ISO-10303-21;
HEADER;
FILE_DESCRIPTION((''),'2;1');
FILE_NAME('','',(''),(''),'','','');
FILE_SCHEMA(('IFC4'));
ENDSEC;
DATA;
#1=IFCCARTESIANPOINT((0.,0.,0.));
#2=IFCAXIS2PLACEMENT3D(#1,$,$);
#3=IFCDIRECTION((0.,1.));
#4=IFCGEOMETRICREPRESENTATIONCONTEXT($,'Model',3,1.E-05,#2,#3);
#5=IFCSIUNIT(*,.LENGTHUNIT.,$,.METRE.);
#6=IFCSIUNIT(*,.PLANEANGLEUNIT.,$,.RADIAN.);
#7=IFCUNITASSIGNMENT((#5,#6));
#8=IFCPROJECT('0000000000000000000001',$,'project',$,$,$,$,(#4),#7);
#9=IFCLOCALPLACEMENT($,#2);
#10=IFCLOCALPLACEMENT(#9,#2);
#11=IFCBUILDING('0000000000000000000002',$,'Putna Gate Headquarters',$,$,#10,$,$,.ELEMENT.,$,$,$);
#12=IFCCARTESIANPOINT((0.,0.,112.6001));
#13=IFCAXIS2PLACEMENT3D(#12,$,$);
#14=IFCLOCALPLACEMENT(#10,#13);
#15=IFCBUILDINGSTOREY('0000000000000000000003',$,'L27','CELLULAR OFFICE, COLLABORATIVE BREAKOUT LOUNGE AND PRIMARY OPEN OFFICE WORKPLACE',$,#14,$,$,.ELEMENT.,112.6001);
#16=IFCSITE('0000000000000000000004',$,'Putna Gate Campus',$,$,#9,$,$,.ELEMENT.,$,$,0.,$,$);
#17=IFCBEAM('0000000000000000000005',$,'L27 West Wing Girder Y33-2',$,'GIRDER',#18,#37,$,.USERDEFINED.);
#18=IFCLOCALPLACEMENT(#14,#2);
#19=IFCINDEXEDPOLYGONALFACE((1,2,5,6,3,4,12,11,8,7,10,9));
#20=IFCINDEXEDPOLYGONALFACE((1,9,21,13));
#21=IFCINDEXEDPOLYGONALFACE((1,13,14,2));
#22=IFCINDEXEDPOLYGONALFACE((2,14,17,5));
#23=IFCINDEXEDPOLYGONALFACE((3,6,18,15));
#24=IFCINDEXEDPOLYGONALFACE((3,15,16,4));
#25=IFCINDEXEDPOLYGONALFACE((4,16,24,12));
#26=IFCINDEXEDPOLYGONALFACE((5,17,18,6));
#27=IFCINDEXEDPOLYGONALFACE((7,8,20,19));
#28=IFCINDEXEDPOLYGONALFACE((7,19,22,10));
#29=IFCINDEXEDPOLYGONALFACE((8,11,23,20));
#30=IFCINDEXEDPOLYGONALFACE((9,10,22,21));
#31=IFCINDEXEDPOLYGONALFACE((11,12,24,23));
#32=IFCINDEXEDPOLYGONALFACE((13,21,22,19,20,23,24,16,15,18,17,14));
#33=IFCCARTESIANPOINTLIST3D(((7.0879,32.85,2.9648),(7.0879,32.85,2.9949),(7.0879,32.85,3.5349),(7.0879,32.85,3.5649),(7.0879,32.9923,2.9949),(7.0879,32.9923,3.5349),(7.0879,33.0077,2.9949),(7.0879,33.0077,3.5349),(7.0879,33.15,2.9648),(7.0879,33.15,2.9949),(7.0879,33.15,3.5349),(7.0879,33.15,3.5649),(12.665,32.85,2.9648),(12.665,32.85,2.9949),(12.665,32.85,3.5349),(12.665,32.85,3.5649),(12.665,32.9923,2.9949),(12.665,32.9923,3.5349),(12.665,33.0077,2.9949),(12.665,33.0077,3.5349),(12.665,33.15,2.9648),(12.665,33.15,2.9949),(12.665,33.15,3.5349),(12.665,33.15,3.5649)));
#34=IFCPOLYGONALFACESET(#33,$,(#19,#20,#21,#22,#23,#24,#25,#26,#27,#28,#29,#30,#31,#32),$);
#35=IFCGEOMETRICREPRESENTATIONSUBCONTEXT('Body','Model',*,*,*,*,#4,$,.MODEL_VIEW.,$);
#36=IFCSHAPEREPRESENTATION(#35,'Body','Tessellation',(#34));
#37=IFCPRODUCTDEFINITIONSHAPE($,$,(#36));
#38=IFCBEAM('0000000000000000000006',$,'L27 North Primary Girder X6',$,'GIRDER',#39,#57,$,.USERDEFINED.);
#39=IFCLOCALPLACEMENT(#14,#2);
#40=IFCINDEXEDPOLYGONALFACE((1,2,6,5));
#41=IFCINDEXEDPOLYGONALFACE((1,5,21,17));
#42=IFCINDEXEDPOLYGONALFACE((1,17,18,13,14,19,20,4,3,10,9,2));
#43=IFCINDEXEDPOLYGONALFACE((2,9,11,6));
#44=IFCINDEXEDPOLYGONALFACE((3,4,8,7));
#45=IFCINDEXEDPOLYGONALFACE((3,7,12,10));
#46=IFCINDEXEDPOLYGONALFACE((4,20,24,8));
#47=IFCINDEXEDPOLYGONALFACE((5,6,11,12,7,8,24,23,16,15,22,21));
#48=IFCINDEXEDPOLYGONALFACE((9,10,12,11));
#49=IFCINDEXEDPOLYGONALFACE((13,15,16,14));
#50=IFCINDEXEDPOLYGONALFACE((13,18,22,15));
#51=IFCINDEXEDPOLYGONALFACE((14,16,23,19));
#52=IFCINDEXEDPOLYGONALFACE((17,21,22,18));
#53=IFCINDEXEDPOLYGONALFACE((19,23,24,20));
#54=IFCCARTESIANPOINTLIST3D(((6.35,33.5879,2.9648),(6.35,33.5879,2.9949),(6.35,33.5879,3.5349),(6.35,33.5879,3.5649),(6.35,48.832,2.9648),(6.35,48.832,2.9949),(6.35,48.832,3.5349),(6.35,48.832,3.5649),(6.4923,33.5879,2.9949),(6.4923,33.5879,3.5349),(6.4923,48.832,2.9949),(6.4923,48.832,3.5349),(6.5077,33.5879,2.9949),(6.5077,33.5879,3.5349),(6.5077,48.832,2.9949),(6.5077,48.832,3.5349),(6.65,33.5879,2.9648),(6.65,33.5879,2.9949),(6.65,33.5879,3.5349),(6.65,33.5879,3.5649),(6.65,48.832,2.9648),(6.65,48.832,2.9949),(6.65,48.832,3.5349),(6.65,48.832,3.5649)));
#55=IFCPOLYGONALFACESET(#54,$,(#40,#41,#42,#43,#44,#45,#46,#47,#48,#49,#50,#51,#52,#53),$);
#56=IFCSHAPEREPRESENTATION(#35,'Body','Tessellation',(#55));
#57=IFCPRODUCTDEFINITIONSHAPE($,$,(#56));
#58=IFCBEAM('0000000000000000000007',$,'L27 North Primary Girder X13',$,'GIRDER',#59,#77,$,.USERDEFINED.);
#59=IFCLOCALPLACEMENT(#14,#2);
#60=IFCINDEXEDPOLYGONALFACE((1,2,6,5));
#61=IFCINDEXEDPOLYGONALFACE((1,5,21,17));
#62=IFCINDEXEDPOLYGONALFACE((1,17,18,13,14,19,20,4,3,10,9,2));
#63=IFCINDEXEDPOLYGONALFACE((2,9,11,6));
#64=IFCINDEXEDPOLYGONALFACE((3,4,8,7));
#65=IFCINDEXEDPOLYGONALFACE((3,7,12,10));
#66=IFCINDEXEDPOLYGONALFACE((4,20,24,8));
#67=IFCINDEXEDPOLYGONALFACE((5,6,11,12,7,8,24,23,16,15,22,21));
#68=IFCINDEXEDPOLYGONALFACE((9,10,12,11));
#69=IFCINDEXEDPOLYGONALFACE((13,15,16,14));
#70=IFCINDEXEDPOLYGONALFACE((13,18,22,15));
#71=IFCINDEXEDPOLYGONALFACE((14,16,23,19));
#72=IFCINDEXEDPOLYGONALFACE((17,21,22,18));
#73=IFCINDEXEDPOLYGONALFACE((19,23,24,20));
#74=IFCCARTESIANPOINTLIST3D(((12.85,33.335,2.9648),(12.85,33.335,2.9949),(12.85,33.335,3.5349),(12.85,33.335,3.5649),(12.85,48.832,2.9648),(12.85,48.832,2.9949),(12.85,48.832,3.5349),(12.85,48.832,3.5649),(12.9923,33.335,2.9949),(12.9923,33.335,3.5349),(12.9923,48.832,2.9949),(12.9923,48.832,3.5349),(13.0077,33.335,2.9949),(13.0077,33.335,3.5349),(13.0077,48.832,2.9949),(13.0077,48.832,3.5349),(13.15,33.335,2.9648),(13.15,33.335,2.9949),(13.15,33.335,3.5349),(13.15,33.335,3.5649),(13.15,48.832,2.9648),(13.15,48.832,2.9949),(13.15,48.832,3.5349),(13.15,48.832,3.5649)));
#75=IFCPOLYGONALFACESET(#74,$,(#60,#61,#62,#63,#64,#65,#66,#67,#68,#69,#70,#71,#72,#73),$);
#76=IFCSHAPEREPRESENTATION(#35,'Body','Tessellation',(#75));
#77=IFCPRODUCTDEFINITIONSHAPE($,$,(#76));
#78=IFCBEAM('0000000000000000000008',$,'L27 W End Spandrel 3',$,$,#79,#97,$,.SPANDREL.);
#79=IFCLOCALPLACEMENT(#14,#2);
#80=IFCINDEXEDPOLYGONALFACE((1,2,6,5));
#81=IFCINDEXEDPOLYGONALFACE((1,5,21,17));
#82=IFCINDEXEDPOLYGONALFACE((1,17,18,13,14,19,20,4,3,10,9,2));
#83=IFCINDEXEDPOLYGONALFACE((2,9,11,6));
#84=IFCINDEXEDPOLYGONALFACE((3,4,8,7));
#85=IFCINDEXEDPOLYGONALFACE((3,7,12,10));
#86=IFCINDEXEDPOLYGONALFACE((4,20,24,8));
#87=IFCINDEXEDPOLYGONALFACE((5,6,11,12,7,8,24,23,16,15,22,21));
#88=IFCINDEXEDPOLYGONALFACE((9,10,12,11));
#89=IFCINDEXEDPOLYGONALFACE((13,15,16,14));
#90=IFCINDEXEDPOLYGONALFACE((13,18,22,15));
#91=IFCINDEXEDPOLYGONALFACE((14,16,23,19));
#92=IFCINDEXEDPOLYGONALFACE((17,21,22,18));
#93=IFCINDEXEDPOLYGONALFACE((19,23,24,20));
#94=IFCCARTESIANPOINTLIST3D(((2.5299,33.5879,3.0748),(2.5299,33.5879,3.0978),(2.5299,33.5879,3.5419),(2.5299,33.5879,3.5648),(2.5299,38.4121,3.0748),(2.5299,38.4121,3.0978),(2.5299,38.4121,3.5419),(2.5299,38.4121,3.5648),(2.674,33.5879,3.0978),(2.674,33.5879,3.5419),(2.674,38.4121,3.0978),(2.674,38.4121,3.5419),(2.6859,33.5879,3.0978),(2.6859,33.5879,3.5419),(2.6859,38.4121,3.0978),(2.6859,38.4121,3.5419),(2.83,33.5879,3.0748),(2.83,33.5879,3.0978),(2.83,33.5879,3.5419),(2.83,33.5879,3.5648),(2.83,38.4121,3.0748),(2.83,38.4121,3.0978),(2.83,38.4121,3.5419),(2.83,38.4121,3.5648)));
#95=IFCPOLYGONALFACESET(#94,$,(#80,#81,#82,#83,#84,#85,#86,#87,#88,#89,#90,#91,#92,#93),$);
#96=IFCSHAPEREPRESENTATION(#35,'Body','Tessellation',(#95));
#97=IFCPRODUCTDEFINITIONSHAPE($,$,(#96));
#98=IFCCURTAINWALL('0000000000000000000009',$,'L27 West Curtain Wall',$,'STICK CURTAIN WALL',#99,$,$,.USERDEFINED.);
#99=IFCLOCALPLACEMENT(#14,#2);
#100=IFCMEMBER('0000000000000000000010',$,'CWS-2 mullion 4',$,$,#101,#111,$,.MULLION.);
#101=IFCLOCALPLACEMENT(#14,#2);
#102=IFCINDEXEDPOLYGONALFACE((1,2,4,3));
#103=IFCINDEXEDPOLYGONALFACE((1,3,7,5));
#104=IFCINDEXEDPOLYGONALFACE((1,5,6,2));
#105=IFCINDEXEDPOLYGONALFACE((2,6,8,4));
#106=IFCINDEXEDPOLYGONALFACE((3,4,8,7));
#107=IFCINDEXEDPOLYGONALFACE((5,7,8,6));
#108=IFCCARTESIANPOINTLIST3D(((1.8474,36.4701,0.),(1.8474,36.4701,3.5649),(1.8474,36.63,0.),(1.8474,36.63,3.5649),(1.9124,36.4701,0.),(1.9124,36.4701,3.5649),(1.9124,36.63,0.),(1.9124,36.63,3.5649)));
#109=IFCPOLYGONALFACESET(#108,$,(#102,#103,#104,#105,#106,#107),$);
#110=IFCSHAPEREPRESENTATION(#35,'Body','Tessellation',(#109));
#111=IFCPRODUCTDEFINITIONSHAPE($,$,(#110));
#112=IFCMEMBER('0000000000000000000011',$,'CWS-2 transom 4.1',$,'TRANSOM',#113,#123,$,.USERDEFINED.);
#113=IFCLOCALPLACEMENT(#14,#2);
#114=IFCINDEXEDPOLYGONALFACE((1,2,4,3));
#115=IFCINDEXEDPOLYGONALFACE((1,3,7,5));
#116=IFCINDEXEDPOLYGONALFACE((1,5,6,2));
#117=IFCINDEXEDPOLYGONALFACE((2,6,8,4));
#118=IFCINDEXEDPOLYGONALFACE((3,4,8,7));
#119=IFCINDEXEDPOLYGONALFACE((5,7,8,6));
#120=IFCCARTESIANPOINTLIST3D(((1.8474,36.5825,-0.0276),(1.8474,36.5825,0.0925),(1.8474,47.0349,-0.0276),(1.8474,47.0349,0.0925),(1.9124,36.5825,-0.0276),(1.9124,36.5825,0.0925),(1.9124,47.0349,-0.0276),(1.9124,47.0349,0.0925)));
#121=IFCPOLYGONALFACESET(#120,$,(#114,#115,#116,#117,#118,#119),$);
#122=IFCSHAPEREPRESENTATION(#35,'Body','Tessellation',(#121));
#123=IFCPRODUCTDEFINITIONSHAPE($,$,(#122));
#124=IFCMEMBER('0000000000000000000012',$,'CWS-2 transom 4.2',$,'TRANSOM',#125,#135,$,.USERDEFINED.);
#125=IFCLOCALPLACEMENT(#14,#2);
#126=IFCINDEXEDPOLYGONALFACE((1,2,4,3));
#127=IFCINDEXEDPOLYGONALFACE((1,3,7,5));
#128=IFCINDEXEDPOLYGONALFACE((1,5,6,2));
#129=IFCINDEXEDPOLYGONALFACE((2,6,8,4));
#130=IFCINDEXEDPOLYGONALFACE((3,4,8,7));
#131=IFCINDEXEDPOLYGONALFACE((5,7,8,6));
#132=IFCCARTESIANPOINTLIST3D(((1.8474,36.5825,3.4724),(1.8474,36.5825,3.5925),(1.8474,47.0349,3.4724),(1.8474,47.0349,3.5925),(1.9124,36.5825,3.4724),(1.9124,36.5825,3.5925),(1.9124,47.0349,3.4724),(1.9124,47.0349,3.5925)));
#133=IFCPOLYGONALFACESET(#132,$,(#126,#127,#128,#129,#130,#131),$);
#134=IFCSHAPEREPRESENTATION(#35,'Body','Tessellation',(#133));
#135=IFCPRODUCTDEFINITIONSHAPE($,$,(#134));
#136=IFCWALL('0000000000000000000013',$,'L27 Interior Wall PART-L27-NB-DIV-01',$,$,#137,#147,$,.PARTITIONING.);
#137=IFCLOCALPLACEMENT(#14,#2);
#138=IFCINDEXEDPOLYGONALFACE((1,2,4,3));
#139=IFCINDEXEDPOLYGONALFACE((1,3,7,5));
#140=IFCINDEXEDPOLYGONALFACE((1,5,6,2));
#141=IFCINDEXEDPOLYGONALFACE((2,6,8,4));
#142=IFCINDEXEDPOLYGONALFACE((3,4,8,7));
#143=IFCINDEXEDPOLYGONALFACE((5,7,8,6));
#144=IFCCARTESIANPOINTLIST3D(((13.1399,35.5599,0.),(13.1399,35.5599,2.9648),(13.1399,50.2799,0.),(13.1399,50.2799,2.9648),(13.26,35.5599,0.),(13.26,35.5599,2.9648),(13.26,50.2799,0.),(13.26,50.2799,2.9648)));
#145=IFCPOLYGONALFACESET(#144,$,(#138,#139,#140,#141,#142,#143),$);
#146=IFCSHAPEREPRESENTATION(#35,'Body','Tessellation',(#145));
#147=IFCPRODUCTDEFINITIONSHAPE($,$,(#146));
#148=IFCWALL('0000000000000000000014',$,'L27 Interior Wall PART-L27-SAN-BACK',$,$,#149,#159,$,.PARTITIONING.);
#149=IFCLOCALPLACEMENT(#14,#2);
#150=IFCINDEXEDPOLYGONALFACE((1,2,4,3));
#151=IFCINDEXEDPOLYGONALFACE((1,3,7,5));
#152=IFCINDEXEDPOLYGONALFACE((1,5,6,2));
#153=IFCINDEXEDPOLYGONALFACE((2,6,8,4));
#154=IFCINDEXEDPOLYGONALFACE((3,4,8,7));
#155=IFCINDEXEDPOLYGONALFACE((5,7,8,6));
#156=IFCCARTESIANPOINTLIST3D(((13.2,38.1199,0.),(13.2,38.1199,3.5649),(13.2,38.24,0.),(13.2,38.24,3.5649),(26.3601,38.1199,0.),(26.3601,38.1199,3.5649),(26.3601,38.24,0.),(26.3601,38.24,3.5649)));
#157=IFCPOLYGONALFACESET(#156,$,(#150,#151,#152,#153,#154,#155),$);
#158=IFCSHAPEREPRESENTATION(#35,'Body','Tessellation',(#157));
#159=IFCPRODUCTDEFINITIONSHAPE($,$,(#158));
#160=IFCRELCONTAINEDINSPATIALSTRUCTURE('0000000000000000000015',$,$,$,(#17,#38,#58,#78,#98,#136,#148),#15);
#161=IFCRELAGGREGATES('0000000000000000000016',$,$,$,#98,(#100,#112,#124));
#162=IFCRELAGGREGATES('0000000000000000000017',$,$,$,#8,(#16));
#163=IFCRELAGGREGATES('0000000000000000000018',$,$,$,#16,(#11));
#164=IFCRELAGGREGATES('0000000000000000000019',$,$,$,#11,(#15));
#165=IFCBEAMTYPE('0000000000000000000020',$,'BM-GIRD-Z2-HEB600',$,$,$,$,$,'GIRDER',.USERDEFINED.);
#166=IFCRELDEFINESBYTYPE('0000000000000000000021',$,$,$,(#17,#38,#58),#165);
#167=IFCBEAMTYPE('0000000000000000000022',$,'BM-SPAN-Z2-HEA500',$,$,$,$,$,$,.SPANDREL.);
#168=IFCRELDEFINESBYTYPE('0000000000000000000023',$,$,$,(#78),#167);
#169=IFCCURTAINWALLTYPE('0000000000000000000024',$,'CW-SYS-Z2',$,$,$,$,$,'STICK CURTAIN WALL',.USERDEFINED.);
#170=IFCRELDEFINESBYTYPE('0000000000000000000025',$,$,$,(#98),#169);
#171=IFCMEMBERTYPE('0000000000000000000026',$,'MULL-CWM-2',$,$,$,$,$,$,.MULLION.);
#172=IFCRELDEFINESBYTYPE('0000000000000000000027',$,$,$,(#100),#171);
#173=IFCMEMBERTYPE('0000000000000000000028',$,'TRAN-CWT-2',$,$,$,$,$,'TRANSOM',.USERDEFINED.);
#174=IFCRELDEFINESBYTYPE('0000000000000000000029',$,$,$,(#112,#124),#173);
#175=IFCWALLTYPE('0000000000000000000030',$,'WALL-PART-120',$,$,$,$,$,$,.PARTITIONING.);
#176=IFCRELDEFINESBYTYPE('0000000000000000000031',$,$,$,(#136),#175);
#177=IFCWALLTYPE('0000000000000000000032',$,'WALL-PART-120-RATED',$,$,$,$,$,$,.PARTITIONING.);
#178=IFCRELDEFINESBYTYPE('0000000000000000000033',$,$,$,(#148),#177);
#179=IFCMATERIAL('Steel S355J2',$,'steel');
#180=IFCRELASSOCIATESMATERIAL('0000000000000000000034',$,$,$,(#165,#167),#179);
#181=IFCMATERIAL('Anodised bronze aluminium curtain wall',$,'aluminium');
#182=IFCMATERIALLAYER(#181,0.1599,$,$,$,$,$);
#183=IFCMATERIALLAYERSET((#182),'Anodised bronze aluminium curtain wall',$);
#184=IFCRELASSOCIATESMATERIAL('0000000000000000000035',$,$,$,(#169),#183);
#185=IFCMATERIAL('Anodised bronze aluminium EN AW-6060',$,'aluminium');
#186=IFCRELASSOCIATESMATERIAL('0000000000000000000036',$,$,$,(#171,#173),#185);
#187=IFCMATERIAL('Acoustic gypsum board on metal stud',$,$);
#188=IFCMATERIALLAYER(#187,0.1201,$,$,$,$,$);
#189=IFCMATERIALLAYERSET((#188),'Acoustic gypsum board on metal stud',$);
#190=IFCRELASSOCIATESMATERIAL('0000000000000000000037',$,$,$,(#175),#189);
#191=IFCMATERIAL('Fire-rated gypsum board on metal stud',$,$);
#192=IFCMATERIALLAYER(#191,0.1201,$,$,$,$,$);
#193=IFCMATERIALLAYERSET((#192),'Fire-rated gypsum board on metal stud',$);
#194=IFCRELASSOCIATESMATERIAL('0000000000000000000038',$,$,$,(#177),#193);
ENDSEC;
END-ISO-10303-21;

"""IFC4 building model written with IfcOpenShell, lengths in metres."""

from ifc_helpers import new_model, si_unit, direction, frame, frame_2d, origin, origin_2d, place, context, subcontext, project, spatial, rectangle, i_section, extrude, material, layer, layer_set, material_profile, profile_set, type_object, element, aggregate, save


model = new_model("IFC4")

# Units and contexts
model_context = context("Model", 3, precision=1e-05, world=origin(), true_north=direction((0.0, 1.0)))
body_context = subcontext(model_context, "Body", "Model", "MODEL_VIEW")
ifc_project = project(units=[si_unit("LENGTHUNIT", "METRE"), si_unit("PLANEANGLEUNIT", "RADIAN")], contexts=[model_context])

# Site, building, storey
site_placement = place(None, origin())
site = spatial("IfcSite", under=ifc_project, at=site_placement, Name="Putna Gate Campus", CompositionType="ELEMENT", RefElevation=0.0)
building_placement = place(site_placement, origin())
building = spatial("IfcBuilding", under=site, at=building_placement, Name="Putna Gate Headquarters", CompositionType="ELEMENT")
storey_placement = place(building_placement, frame((0.0, 0.0, 112.6001)))
storey = spatial("IfcBuildingStorey", under=building, at=storey_placement, Name="L27", Description="CELLULAR OFFICE, COLLABORATIVE BREAKOUT LOUNGE AND PRIMARY OPEN OFFICE WORKPLACE", CompositionType="ELEMENT", Elevation=112.6001)

# Beams
ifc_material_1 = material(Name="Steel S355J2", Category="steel")
ifc_material_profile_1 = material_profile(ifc_material_1, i_section(OverallWidth=0.3, OverallDepth=0.6001, WebThickness=0.0154, FlangeThickness=0.03, at=origin_2d()), Name="Steel S355J2")
ifc_profile_set_1 = profile_set([ifc_material_profile_1], Name="Steel S355J2")
beam_type_1 = type_object("IfcBeamType", Name="BM-GIRD-Z2-HEB600", ElementType="GIRDER", PredefinedType="USERDEFINED", material=ifc_profile_set_1)
beam_1_placement = place(storey_placement, frame((7.0879, 33.0, 3.2649), z_axis=(1.0, 0.0, 0.0), x_axis=(0.0, 1.0, 0.0)))
element("IfcBeam", 1, at=beam_1_placement, inside=storey, type_object=beam_type_1, Name="L27 West Wing Girder Y33-2", ObjectType="GIRDER", PredefinedType="USERDEFINED", context=body_context, shape_type="SweptSolid", body=[
    extrude(i_section(OverallWidth=0.3, OverallDepth=0.6001, WebThickness=0.0154, FlangeThickness=0.03, at=origin_2d()), origin(), (0.0, 0.0, 1.0), 5.5771),
])
beam_2_placement = place(storey_placement, frame((6.5, 33.5879, 3.2649), z_axis=(0.0, 1.0, 0.0), x_axis=(-1.0, 0.0, 0.0)))
element("IfcBeam", 2, at=beam_2_placement, inside=storey, type_object=beam_type_1, Name="L27 North Primary Girder X6", ObjectType="GIRDER", PredefinedType="USERDEFINED", context=body_context, shape_type="SweptSolid", body=[
    extrude(i_section(OverallWidth=0.3, OverallDepth=0.6001, WebThickness=0.0154, FlangeThickness=0.03, at=origin_2d()), origin(), (0.0, 0.0, 1.0), 15.2441),
])
beam_3_placement = place(storey_placement, frame((13.0, 33.335, 3.2649), z_axis=(0.0, 1.0, 0.0), x_axis=(-1.0, 0.0, 0.0)))
element("IfcBeam", 3, at=beam_3_placement, inside=storey, type_object=beam_type_1, Name="L27 North Primary Girder X13", ObjectType="GIRDER", PredefinedType="USERDEFINED", context=body_context, shape_type="SweptSolid", body=[
    extrude(i_section(OverallWidth=0.3, OverallDepth=0.6001, WebThickness=0.0154, FlangeThickness=0.03, at=origin_2d()), origin(), (0.0, 0.0, 1.0), 15.4971),
])
ifc_material_profile_2 = material_profile(ifc_material_1, i_section(OverallWidth=0.3, OverallDepth=0.49, WebThickness=0.012, FlangeThickness=0.0229, at=origin_2d()), Name="Steel S355J2")
ifc_profile_set_2 = profile_set([ifc_material_profile_2], Name="Steel S355J2")
beam_type_2 = type_object("IfcBeamType", Name="BM-SPAN-Z2-HEA500", PredefinedType="SPANDREL", material=ifc_profile_set_2)
beam_4_placement = place(storey_placement, frame((2.6799, 33.5879, 3.3198), z_axis=(0.0, 1.0, 0.0), x_axis=(-1.0, 0.0, 0.0)))
element("IfcBeam", 4, at=beam_4_placement, inside=storey, type_object=beam_type_2, Name="L27 W End Spandrel 3", PredefinedType="SPANDREL", context=body_context, shape_type="SweptSolid", body=[
    extrude(i_section(OverallWidth=0.3, OverallDepth=0.49, WebThickness=0.012, FlangeThickness=0.0229, at=origin_2d()), origin(), (0.0, 0.0, 1.0), 4.8242),
])

# Curtain wall, members
ifc_material_2 = material(Name="Anodised bronze aluminium curtain wall", Category="aluminium")
ifc_layer_1 = layer(ifc_material_2, 0.1599)
ifc_layer_set_1 = layer_set([ifc_layer_1], Name="Anodised bronze aluminium curtain wall")
curtain_wall_type = type_object("IfcCurtainWallType", Name="CW-SYS-Z2", ElementType="STICK CURTAIN WALL", PredefinedType="USERDEFINED", material=ifc_layer_set_1)
curtain_wall_placement = place(storey_placement, origin())
curtain_wall = element("IfcCurtainWall", 5, at=curtain_wall_placement, inside=storey, type_object=curtain_wall_type, Name="L27 West Curtain Wall", ObjectType="STICK CURTAIN WALL", PredefinedType="USERDEFINED")
ifc_material_3 = material(Name="Anodised bronze aluminium EN AW-6060", Category="aluminium")
ifc_material_profile_3 = material_profile(ifc_material_3, rectangle(XDim=0.0649, YDim=0.1599, at=origin_2d()), Name="Anodised bronze aluminium EN AW-6060")
ifc_profile_set_3 = profile_set([ifc_material_profile_3], Name="Anodised bronze aluminium EN AW-6060")
member_type_1 = type_object("IfcMemberType", Name="MULL-CWM-2", PredefinedType="MULLION", material=ifc_profile_set_3)
member_1_placement = place(storey_placement, frame((1.8799, 36.55, 0.0), z_axis=(0.0, 0.0, 1.0), x_axis=(-1.0, 0.0, 0.0)))
member_1 = element("IfcMember", 6, at=member_1_placement, type_object=member_type_1, Name="CWS-2 mullion 4", PredefinedType="MULLION", context=body_context, shape_type="SweptSolid", body=[
    extrude(rectangle(XDim=0.0649, YDim=0.1599, at=origin_2d()), origin(), (0.0, 0.0, 1.0), 3.5649),
])
ifc_material_profile_4 = material_profile(ifc_material_3, rectangle(XDim=0.0649, YDim=0.1201, at=origin_2d()), Name="Anodised bronze aluminium EN AW-6060")
ifc_profile_set_4 = profile_set([ifc_material_profile_4], Name="Anodised bronze aluminium EN AW-6060")
member_type_2 = type_object("IfcMemberType", Name="TRAN-CWT-2", ElementType="TRANSOM", PredefinedType="USERDEFINED", material=ifc_profile_set_4)
member_2_placement = place(storey_placement, frame((1.8799, 36.5825, 0.0325), z_axis=(0.0, 1.0, 0.0), x_axis=(-1.0, 0.0, 0.0)))
member_2 = element("IfcMember", 7, at=member_2_placement, type_object=member_type_2, Name="CWS-2 transom 4.1", ObjectType="TRANSOM", PredefinedType="USERDEFINED", context=body_context, shape_type="SweptSolid", body=[
    extrude(rectangle(XDim=0.0649, YDim=0.1201, at=origin_2d()), origin(), (0.0, 0.0, 1.0), 10.4524),
])
member_3_placement = place(storey_placement, frame((1.8799, 36.5825, 3.5325), z_axis=(0.0, 1.0, 0.0), x_axis=(-1.0, 0.0, 0.0)))
member_3 = element("IfcMember", 8, at=member_3_placement, type_object=member_type_2, Name="CWS-2 transom 4.2", ObjectType="TRANSOM", PredefinedType="USERDEFINED", context=body_context, shape_type="SweptSolid", body=[
    extrude(rectangle(XDim=0.0649, YDim=0.1201, at=origin_2d()), origin(), (0.0, 0.0, 1.0), 10.4524),
])
aggregate(curtain_wall, [member_1, member_2, member_3])

# Wall
ifc_material_4 = material(Name="Acoustic gypsum board on metal stud")
ifc_layer_2 = layer(ifc_material_4, 0.1201)
ifc_layer_set_2 = layer_set([ifc_layer_2], Name="Acoustic gypsum board on metal stud")
wall_type_1 = type_object("IfcWallType", Name="WALL-PART-120", PredefinedType="PARTITIONING", material=ifc_layer_set_2)
wall_1_placement = place(storey_placement, frame((13.2, 35.5601, 0.0), z_axis=(0.0, 0.0, 1.0), x_axis=(0.0, 1.0, 0.0)))
element("IfcWall", 9, at=wall_1_placement, inside=storey, type_object=wall_type_1, Name="L27 Interior Wall PART-L27-NB-DIV-01", PredefinedType="PARTITIONING", context=body_context, shape_type="SweptSolid", body=[
    extrude(rectangle(XDim=14.72, YDim=0.1201, at=frame_2d((7.3599, 0.0))), origin(), (0.0, 0.0, 1.0), 2.9648),
])

# Shared definitions
ifc_material_5 = material(Name="Fire-rated gypsum board on metal stud")
ifc_layer_3 = layer(ifc_material_5, 0.1201)
ifc_layer_set_3 = layer_set([ifc_layer_3], Name="Fire-rated gypsum board on metal stud")
wall_type_2 = type_object("IfcWallType", Name="WALL-PART-120-RATED", PredefinedType="PARTITIONING", material=ifc_layer_set_3)

# Wall
wall_2_placement = place(storey_placement, frame((13.2, 38.1799, 0.0), z_axis=(0.0, 0.0, 1.0), x_axis=(1.0, 0.0, 0.0)))
element("IfcWall", 10, at=wall_2_placement, inside=storey, type_object=wall_type_2, Name="L27 Interior Wall PART-L27-SAN-BACK", PredefinedType="PARTITIONING", context=body_context, shape_type="SweptSolid", body=[
    extrude(rectangle(XDim=13.1602, YDim=0.1201, at=frame_2d((6.5801, 0.0))), origin(), (0.0, 0.0, 1.0), 3.5649),
])

save(model, "model.ifc")
